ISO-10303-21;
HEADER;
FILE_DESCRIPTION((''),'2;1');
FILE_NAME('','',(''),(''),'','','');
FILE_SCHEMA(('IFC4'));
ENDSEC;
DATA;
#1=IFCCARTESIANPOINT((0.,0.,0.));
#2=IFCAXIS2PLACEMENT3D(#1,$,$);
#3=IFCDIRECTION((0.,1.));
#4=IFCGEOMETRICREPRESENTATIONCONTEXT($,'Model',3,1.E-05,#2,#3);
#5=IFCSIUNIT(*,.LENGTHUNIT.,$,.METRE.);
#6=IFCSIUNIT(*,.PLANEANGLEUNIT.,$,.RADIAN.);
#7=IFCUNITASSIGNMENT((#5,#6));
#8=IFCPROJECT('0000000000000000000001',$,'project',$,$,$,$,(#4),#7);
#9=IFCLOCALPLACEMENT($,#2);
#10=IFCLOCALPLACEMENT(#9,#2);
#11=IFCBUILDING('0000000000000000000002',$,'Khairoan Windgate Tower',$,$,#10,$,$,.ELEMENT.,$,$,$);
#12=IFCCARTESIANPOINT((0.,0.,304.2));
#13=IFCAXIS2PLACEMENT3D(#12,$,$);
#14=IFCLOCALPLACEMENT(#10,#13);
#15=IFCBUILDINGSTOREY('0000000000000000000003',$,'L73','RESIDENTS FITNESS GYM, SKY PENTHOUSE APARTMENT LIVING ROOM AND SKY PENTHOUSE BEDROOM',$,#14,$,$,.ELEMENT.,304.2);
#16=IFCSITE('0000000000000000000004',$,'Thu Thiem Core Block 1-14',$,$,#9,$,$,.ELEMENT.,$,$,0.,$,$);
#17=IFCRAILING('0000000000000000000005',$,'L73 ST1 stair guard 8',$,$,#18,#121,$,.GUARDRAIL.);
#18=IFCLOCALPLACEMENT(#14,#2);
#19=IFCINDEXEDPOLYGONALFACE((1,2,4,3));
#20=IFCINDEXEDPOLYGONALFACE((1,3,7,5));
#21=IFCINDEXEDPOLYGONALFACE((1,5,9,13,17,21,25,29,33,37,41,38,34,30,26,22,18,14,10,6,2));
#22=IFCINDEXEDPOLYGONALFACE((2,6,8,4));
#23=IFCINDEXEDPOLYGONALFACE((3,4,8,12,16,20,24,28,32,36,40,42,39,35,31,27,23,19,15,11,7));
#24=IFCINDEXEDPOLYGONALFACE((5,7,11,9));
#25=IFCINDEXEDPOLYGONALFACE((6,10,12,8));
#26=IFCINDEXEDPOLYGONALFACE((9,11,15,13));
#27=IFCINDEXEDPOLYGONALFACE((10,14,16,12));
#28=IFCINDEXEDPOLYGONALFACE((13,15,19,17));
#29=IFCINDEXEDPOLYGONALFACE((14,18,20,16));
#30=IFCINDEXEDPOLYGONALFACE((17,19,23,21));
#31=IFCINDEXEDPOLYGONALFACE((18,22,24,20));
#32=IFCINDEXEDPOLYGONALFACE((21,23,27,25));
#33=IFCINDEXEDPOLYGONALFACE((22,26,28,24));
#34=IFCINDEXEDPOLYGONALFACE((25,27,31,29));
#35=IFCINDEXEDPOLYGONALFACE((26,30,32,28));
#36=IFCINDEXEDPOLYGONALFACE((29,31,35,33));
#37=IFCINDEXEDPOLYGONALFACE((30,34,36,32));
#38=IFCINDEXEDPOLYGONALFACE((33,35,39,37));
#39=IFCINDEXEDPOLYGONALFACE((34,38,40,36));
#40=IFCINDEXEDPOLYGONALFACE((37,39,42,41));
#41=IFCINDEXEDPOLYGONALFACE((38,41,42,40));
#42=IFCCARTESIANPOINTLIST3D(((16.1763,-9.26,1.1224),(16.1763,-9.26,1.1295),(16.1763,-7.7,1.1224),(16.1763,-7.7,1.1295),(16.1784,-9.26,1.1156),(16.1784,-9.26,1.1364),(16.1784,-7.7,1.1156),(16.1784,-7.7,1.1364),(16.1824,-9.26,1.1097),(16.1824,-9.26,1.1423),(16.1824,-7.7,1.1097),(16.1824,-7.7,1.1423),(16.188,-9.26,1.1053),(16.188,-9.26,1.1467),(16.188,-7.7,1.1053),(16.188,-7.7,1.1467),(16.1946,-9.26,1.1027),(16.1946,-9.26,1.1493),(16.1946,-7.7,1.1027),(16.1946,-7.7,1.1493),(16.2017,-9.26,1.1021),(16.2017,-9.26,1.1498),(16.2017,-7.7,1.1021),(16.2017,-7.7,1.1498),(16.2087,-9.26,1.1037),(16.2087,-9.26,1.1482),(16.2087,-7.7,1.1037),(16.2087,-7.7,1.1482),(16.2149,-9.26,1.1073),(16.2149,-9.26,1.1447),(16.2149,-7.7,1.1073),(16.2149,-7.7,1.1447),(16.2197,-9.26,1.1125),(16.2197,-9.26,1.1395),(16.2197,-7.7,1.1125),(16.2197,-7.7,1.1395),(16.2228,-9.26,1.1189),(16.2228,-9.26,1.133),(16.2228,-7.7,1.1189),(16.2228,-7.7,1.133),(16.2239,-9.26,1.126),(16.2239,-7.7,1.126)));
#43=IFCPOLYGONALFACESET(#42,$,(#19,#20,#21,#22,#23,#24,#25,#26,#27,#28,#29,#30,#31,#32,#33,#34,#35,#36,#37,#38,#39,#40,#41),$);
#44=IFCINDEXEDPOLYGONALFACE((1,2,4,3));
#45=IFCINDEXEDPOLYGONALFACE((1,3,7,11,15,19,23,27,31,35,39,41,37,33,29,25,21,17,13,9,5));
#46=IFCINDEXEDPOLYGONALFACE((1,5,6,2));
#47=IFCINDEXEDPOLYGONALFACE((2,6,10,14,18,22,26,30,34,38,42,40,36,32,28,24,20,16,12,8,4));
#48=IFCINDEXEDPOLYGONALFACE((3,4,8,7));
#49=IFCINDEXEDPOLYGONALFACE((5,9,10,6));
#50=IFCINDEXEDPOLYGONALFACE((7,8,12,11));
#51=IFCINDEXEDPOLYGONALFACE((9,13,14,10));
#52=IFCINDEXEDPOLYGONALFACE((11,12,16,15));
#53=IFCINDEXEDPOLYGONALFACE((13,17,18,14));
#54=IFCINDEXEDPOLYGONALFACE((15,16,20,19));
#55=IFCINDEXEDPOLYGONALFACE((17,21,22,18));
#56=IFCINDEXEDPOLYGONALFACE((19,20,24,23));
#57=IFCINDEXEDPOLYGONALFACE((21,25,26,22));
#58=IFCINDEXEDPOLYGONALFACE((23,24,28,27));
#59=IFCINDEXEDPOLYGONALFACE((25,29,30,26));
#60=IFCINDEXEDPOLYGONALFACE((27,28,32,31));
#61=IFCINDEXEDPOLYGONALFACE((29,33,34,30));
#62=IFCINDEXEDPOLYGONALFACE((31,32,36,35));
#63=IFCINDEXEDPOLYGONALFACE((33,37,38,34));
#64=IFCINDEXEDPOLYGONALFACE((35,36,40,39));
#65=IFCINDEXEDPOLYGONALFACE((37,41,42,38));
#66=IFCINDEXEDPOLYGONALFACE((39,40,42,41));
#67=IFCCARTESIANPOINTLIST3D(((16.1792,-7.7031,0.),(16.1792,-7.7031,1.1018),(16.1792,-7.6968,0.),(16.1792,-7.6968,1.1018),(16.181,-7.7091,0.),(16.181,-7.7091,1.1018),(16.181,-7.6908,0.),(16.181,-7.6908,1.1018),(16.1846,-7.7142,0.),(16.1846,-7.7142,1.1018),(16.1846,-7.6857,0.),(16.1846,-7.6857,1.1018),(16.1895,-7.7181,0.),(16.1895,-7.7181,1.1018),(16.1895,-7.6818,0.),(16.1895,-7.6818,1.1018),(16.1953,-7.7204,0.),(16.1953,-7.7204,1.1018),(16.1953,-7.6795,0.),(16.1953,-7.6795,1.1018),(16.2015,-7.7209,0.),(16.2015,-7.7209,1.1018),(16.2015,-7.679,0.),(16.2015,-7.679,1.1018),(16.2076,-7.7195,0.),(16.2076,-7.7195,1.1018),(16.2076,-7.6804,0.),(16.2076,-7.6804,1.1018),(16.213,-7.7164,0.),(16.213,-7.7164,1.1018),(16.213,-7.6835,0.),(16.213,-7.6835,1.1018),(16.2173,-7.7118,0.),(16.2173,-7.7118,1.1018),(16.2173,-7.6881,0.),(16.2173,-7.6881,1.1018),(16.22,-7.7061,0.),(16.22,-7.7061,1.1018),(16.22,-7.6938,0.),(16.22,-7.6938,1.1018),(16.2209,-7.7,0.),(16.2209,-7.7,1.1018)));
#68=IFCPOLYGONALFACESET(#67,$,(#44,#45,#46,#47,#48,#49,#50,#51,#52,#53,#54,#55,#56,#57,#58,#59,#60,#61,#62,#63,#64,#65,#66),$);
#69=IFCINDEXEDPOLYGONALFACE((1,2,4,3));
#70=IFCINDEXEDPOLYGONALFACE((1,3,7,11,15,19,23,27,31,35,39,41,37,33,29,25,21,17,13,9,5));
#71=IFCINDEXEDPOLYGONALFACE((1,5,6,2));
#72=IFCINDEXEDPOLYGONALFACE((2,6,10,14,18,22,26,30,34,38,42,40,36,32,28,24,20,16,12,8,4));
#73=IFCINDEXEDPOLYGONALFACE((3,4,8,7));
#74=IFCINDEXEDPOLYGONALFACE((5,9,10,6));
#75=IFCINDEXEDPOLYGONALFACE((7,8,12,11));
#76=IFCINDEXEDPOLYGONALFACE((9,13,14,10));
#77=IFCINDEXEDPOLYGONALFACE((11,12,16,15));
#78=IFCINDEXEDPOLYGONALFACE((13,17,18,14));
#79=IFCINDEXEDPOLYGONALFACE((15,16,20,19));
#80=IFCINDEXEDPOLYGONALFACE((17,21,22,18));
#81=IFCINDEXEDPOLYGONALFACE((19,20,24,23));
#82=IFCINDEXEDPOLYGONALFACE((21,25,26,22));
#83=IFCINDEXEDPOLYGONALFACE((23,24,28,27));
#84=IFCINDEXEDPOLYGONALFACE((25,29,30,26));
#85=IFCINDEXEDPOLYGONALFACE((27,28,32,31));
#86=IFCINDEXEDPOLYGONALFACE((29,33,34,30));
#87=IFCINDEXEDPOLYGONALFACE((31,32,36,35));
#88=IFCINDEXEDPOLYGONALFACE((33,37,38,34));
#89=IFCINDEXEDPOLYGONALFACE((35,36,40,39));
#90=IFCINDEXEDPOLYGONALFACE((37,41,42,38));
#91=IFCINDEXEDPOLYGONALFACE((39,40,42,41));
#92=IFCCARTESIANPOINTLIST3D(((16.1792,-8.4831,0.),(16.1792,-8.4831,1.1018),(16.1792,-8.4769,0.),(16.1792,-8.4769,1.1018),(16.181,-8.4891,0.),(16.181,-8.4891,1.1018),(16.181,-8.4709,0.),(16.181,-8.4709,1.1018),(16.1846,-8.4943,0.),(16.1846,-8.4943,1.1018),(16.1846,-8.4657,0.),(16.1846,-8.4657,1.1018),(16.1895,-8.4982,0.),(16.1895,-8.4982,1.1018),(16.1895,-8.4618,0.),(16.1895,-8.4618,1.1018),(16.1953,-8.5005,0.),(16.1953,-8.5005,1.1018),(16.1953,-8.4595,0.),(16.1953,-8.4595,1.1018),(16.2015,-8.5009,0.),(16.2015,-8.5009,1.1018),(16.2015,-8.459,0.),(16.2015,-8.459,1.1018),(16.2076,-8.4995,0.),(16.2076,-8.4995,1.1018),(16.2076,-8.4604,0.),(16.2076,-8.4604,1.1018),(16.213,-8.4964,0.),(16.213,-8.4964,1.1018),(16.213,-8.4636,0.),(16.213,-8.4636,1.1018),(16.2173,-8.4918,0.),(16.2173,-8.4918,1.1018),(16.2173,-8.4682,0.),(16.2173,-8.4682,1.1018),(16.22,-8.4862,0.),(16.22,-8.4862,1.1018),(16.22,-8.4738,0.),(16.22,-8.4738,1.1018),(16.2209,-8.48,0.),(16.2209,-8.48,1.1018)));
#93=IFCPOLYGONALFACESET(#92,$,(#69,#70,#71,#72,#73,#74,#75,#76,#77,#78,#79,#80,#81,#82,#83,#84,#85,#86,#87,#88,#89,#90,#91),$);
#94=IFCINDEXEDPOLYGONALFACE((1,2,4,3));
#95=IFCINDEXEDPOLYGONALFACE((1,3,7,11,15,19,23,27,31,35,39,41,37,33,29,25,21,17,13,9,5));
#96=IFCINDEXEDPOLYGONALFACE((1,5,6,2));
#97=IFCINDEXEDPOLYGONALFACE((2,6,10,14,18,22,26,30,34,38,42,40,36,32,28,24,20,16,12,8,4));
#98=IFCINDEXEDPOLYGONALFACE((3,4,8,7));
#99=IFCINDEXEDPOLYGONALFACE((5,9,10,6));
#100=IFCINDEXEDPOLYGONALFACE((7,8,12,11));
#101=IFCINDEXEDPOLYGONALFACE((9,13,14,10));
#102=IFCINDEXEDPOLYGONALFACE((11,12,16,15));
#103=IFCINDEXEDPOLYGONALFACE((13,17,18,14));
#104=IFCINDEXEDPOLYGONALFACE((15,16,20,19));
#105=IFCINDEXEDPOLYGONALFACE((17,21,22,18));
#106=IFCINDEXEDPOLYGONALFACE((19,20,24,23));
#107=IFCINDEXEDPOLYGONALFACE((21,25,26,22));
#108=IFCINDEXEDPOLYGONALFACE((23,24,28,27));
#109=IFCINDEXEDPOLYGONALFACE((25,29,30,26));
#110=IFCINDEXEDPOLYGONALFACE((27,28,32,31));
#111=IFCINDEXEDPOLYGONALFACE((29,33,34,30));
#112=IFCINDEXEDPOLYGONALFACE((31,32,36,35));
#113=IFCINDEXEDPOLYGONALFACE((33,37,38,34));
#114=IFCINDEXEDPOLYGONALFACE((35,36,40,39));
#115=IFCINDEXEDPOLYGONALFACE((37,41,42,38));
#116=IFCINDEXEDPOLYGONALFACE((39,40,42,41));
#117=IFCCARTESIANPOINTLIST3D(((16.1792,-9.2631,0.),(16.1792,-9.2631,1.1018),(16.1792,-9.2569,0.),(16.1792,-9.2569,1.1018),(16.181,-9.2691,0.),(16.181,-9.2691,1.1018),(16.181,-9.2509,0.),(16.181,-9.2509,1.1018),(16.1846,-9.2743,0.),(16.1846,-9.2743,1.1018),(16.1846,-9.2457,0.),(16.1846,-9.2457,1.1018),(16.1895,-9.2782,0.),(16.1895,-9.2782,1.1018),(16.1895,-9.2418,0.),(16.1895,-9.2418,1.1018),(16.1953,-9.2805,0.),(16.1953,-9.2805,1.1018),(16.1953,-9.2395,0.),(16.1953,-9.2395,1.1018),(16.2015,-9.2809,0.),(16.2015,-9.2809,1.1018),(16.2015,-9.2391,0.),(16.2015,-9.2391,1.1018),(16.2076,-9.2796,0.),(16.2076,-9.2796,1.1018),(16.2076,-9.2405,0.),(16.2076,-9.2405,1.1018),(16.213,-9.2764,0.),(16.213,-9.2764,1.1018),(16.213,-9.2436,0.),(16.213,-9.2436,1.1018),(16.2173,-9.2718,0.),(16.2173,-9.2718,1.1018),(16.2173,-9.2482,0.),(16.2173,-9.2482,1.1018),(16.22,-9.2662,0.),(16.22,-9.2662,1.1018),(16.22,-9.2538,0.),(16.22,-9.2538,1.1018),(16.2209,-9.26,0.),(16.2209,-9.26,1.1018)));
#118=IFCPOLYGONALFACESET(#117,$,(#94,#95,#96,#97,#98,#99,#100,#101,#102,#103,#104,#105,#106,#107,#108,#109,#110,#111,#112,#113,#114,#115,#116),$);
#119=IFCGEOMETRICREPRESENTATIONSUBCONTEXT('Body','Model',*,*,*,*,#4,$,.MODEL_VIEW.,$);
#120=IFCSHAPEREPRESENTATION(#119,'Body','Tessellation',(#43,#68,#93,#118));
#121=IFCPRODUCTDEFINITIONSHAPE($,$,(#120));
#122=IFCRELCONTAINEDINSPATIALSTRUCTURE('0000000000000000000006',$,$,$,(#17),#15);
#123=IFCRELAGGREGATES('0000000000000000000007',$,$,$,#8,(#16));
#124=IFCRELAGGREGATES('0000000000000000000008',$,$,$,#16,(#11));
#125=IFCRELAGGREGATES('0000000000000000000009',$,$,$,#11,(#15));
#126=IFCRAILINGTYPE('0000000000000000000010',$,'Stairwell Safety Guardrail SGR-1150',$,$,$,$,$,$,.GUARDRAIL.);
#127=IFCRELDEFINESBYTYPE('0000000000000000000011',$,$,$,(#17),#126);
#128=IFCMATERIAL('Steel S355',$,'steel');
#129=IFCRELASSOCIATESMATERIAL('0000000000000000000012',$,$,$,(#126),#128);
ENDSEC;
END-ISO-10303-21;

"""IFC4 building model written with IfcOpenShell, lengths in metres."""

from ifc_helpers import new_model, si_unit, direction, frame, origin, origin_2d, place, context, subcontext, project, spatial, circle, extrude, material, type_object, element, save


model = new_model("IFC4")

# Units and contexts
model_context = context("Model", 3, precision=1e-05, world=origin(), true_north=direction((0.0, 1.0)))
body_context = subcontext(model_context, "Body", "Model", "MODEL_VIEW")
ifc_project = project(units=[si_unit("LENGTHUNIT", "METRE"), si_unit("PLANEANGLEUNIT", "RADIAN")], contexts=[model_context])

# Site, building, storey
site_placement = place(None, origin())
site = spatial("IfcSite", under=ifc_project, at=site_placement, Name="Thu Thiem Core Block 1-14", CompositionType="ELEMENT", RefElevation=0.0)
building_placement = place(site_placement, origin())
building = spatial("IfcBuilding", under=site, at=building_placement, Name="Khairoan Windgate Tower", CompositionType="ELEMENT")
storey_placement = place(building_placement, frame((0.0, 0.0, 304.2)))
storey = spatial("IfcBuildingStorey", under=building, at=storey_placement, Name="L73", Description="RESIDENTS FITNESS GYM, SKY PENTHOUSE APARTMENT LIVING ROOM AND SKY PENTHOUSE BEDROOM", CompositionType="ELEMENT", Elevation=304.2)

# Railing
ifc_material_1 = material(Name="Steel S355", Category="steel")
railing_type_1 = type_object("IfcRailingType", Name="Stairwell Safety Guardrail SGR-1150", PredefinedType="GUARDRAIL", material=ifc_material_1)
railing_1_placement = place(storey_placement, frame((16.2, -7.7, 0.0)))
element("IfcRailing", 1, at=railing_1_placement, inside=storey, type_object=railing_type_1, Name="L73 ST1 stair guard 8", PredefinedType="GUARDRAIL", context=body_context, shape_type="SweptSolid", body=[
    extrude(circle(Radius=0.0239, at=origin_2d()), frame((0.0, 0.0, 1.126), z_axis=(0.0, -1.0, 0.0), x_axis=(1.0, 0.0, 0.0)), (0.0, 0.0, 1.0), 1.5601),
    extrude(circle(Radius=0.021, at=origin_2d()), origin(), (0.0, 0.0, 1.0), 1.1018),
    extrude(circle(Radius=0.021, at=origin_2d()), frame((0.0, -0.78, 0.0)), (0.0, 0.0, 1.0), 1.1018),
    extrude(circle(Radius=0.021, at=origin_2d()), frame((0.0, -1.5601, 0.0)), (0.0, 0.0, 1.0), 1.1018),
])

save(model, "model.ifc")
